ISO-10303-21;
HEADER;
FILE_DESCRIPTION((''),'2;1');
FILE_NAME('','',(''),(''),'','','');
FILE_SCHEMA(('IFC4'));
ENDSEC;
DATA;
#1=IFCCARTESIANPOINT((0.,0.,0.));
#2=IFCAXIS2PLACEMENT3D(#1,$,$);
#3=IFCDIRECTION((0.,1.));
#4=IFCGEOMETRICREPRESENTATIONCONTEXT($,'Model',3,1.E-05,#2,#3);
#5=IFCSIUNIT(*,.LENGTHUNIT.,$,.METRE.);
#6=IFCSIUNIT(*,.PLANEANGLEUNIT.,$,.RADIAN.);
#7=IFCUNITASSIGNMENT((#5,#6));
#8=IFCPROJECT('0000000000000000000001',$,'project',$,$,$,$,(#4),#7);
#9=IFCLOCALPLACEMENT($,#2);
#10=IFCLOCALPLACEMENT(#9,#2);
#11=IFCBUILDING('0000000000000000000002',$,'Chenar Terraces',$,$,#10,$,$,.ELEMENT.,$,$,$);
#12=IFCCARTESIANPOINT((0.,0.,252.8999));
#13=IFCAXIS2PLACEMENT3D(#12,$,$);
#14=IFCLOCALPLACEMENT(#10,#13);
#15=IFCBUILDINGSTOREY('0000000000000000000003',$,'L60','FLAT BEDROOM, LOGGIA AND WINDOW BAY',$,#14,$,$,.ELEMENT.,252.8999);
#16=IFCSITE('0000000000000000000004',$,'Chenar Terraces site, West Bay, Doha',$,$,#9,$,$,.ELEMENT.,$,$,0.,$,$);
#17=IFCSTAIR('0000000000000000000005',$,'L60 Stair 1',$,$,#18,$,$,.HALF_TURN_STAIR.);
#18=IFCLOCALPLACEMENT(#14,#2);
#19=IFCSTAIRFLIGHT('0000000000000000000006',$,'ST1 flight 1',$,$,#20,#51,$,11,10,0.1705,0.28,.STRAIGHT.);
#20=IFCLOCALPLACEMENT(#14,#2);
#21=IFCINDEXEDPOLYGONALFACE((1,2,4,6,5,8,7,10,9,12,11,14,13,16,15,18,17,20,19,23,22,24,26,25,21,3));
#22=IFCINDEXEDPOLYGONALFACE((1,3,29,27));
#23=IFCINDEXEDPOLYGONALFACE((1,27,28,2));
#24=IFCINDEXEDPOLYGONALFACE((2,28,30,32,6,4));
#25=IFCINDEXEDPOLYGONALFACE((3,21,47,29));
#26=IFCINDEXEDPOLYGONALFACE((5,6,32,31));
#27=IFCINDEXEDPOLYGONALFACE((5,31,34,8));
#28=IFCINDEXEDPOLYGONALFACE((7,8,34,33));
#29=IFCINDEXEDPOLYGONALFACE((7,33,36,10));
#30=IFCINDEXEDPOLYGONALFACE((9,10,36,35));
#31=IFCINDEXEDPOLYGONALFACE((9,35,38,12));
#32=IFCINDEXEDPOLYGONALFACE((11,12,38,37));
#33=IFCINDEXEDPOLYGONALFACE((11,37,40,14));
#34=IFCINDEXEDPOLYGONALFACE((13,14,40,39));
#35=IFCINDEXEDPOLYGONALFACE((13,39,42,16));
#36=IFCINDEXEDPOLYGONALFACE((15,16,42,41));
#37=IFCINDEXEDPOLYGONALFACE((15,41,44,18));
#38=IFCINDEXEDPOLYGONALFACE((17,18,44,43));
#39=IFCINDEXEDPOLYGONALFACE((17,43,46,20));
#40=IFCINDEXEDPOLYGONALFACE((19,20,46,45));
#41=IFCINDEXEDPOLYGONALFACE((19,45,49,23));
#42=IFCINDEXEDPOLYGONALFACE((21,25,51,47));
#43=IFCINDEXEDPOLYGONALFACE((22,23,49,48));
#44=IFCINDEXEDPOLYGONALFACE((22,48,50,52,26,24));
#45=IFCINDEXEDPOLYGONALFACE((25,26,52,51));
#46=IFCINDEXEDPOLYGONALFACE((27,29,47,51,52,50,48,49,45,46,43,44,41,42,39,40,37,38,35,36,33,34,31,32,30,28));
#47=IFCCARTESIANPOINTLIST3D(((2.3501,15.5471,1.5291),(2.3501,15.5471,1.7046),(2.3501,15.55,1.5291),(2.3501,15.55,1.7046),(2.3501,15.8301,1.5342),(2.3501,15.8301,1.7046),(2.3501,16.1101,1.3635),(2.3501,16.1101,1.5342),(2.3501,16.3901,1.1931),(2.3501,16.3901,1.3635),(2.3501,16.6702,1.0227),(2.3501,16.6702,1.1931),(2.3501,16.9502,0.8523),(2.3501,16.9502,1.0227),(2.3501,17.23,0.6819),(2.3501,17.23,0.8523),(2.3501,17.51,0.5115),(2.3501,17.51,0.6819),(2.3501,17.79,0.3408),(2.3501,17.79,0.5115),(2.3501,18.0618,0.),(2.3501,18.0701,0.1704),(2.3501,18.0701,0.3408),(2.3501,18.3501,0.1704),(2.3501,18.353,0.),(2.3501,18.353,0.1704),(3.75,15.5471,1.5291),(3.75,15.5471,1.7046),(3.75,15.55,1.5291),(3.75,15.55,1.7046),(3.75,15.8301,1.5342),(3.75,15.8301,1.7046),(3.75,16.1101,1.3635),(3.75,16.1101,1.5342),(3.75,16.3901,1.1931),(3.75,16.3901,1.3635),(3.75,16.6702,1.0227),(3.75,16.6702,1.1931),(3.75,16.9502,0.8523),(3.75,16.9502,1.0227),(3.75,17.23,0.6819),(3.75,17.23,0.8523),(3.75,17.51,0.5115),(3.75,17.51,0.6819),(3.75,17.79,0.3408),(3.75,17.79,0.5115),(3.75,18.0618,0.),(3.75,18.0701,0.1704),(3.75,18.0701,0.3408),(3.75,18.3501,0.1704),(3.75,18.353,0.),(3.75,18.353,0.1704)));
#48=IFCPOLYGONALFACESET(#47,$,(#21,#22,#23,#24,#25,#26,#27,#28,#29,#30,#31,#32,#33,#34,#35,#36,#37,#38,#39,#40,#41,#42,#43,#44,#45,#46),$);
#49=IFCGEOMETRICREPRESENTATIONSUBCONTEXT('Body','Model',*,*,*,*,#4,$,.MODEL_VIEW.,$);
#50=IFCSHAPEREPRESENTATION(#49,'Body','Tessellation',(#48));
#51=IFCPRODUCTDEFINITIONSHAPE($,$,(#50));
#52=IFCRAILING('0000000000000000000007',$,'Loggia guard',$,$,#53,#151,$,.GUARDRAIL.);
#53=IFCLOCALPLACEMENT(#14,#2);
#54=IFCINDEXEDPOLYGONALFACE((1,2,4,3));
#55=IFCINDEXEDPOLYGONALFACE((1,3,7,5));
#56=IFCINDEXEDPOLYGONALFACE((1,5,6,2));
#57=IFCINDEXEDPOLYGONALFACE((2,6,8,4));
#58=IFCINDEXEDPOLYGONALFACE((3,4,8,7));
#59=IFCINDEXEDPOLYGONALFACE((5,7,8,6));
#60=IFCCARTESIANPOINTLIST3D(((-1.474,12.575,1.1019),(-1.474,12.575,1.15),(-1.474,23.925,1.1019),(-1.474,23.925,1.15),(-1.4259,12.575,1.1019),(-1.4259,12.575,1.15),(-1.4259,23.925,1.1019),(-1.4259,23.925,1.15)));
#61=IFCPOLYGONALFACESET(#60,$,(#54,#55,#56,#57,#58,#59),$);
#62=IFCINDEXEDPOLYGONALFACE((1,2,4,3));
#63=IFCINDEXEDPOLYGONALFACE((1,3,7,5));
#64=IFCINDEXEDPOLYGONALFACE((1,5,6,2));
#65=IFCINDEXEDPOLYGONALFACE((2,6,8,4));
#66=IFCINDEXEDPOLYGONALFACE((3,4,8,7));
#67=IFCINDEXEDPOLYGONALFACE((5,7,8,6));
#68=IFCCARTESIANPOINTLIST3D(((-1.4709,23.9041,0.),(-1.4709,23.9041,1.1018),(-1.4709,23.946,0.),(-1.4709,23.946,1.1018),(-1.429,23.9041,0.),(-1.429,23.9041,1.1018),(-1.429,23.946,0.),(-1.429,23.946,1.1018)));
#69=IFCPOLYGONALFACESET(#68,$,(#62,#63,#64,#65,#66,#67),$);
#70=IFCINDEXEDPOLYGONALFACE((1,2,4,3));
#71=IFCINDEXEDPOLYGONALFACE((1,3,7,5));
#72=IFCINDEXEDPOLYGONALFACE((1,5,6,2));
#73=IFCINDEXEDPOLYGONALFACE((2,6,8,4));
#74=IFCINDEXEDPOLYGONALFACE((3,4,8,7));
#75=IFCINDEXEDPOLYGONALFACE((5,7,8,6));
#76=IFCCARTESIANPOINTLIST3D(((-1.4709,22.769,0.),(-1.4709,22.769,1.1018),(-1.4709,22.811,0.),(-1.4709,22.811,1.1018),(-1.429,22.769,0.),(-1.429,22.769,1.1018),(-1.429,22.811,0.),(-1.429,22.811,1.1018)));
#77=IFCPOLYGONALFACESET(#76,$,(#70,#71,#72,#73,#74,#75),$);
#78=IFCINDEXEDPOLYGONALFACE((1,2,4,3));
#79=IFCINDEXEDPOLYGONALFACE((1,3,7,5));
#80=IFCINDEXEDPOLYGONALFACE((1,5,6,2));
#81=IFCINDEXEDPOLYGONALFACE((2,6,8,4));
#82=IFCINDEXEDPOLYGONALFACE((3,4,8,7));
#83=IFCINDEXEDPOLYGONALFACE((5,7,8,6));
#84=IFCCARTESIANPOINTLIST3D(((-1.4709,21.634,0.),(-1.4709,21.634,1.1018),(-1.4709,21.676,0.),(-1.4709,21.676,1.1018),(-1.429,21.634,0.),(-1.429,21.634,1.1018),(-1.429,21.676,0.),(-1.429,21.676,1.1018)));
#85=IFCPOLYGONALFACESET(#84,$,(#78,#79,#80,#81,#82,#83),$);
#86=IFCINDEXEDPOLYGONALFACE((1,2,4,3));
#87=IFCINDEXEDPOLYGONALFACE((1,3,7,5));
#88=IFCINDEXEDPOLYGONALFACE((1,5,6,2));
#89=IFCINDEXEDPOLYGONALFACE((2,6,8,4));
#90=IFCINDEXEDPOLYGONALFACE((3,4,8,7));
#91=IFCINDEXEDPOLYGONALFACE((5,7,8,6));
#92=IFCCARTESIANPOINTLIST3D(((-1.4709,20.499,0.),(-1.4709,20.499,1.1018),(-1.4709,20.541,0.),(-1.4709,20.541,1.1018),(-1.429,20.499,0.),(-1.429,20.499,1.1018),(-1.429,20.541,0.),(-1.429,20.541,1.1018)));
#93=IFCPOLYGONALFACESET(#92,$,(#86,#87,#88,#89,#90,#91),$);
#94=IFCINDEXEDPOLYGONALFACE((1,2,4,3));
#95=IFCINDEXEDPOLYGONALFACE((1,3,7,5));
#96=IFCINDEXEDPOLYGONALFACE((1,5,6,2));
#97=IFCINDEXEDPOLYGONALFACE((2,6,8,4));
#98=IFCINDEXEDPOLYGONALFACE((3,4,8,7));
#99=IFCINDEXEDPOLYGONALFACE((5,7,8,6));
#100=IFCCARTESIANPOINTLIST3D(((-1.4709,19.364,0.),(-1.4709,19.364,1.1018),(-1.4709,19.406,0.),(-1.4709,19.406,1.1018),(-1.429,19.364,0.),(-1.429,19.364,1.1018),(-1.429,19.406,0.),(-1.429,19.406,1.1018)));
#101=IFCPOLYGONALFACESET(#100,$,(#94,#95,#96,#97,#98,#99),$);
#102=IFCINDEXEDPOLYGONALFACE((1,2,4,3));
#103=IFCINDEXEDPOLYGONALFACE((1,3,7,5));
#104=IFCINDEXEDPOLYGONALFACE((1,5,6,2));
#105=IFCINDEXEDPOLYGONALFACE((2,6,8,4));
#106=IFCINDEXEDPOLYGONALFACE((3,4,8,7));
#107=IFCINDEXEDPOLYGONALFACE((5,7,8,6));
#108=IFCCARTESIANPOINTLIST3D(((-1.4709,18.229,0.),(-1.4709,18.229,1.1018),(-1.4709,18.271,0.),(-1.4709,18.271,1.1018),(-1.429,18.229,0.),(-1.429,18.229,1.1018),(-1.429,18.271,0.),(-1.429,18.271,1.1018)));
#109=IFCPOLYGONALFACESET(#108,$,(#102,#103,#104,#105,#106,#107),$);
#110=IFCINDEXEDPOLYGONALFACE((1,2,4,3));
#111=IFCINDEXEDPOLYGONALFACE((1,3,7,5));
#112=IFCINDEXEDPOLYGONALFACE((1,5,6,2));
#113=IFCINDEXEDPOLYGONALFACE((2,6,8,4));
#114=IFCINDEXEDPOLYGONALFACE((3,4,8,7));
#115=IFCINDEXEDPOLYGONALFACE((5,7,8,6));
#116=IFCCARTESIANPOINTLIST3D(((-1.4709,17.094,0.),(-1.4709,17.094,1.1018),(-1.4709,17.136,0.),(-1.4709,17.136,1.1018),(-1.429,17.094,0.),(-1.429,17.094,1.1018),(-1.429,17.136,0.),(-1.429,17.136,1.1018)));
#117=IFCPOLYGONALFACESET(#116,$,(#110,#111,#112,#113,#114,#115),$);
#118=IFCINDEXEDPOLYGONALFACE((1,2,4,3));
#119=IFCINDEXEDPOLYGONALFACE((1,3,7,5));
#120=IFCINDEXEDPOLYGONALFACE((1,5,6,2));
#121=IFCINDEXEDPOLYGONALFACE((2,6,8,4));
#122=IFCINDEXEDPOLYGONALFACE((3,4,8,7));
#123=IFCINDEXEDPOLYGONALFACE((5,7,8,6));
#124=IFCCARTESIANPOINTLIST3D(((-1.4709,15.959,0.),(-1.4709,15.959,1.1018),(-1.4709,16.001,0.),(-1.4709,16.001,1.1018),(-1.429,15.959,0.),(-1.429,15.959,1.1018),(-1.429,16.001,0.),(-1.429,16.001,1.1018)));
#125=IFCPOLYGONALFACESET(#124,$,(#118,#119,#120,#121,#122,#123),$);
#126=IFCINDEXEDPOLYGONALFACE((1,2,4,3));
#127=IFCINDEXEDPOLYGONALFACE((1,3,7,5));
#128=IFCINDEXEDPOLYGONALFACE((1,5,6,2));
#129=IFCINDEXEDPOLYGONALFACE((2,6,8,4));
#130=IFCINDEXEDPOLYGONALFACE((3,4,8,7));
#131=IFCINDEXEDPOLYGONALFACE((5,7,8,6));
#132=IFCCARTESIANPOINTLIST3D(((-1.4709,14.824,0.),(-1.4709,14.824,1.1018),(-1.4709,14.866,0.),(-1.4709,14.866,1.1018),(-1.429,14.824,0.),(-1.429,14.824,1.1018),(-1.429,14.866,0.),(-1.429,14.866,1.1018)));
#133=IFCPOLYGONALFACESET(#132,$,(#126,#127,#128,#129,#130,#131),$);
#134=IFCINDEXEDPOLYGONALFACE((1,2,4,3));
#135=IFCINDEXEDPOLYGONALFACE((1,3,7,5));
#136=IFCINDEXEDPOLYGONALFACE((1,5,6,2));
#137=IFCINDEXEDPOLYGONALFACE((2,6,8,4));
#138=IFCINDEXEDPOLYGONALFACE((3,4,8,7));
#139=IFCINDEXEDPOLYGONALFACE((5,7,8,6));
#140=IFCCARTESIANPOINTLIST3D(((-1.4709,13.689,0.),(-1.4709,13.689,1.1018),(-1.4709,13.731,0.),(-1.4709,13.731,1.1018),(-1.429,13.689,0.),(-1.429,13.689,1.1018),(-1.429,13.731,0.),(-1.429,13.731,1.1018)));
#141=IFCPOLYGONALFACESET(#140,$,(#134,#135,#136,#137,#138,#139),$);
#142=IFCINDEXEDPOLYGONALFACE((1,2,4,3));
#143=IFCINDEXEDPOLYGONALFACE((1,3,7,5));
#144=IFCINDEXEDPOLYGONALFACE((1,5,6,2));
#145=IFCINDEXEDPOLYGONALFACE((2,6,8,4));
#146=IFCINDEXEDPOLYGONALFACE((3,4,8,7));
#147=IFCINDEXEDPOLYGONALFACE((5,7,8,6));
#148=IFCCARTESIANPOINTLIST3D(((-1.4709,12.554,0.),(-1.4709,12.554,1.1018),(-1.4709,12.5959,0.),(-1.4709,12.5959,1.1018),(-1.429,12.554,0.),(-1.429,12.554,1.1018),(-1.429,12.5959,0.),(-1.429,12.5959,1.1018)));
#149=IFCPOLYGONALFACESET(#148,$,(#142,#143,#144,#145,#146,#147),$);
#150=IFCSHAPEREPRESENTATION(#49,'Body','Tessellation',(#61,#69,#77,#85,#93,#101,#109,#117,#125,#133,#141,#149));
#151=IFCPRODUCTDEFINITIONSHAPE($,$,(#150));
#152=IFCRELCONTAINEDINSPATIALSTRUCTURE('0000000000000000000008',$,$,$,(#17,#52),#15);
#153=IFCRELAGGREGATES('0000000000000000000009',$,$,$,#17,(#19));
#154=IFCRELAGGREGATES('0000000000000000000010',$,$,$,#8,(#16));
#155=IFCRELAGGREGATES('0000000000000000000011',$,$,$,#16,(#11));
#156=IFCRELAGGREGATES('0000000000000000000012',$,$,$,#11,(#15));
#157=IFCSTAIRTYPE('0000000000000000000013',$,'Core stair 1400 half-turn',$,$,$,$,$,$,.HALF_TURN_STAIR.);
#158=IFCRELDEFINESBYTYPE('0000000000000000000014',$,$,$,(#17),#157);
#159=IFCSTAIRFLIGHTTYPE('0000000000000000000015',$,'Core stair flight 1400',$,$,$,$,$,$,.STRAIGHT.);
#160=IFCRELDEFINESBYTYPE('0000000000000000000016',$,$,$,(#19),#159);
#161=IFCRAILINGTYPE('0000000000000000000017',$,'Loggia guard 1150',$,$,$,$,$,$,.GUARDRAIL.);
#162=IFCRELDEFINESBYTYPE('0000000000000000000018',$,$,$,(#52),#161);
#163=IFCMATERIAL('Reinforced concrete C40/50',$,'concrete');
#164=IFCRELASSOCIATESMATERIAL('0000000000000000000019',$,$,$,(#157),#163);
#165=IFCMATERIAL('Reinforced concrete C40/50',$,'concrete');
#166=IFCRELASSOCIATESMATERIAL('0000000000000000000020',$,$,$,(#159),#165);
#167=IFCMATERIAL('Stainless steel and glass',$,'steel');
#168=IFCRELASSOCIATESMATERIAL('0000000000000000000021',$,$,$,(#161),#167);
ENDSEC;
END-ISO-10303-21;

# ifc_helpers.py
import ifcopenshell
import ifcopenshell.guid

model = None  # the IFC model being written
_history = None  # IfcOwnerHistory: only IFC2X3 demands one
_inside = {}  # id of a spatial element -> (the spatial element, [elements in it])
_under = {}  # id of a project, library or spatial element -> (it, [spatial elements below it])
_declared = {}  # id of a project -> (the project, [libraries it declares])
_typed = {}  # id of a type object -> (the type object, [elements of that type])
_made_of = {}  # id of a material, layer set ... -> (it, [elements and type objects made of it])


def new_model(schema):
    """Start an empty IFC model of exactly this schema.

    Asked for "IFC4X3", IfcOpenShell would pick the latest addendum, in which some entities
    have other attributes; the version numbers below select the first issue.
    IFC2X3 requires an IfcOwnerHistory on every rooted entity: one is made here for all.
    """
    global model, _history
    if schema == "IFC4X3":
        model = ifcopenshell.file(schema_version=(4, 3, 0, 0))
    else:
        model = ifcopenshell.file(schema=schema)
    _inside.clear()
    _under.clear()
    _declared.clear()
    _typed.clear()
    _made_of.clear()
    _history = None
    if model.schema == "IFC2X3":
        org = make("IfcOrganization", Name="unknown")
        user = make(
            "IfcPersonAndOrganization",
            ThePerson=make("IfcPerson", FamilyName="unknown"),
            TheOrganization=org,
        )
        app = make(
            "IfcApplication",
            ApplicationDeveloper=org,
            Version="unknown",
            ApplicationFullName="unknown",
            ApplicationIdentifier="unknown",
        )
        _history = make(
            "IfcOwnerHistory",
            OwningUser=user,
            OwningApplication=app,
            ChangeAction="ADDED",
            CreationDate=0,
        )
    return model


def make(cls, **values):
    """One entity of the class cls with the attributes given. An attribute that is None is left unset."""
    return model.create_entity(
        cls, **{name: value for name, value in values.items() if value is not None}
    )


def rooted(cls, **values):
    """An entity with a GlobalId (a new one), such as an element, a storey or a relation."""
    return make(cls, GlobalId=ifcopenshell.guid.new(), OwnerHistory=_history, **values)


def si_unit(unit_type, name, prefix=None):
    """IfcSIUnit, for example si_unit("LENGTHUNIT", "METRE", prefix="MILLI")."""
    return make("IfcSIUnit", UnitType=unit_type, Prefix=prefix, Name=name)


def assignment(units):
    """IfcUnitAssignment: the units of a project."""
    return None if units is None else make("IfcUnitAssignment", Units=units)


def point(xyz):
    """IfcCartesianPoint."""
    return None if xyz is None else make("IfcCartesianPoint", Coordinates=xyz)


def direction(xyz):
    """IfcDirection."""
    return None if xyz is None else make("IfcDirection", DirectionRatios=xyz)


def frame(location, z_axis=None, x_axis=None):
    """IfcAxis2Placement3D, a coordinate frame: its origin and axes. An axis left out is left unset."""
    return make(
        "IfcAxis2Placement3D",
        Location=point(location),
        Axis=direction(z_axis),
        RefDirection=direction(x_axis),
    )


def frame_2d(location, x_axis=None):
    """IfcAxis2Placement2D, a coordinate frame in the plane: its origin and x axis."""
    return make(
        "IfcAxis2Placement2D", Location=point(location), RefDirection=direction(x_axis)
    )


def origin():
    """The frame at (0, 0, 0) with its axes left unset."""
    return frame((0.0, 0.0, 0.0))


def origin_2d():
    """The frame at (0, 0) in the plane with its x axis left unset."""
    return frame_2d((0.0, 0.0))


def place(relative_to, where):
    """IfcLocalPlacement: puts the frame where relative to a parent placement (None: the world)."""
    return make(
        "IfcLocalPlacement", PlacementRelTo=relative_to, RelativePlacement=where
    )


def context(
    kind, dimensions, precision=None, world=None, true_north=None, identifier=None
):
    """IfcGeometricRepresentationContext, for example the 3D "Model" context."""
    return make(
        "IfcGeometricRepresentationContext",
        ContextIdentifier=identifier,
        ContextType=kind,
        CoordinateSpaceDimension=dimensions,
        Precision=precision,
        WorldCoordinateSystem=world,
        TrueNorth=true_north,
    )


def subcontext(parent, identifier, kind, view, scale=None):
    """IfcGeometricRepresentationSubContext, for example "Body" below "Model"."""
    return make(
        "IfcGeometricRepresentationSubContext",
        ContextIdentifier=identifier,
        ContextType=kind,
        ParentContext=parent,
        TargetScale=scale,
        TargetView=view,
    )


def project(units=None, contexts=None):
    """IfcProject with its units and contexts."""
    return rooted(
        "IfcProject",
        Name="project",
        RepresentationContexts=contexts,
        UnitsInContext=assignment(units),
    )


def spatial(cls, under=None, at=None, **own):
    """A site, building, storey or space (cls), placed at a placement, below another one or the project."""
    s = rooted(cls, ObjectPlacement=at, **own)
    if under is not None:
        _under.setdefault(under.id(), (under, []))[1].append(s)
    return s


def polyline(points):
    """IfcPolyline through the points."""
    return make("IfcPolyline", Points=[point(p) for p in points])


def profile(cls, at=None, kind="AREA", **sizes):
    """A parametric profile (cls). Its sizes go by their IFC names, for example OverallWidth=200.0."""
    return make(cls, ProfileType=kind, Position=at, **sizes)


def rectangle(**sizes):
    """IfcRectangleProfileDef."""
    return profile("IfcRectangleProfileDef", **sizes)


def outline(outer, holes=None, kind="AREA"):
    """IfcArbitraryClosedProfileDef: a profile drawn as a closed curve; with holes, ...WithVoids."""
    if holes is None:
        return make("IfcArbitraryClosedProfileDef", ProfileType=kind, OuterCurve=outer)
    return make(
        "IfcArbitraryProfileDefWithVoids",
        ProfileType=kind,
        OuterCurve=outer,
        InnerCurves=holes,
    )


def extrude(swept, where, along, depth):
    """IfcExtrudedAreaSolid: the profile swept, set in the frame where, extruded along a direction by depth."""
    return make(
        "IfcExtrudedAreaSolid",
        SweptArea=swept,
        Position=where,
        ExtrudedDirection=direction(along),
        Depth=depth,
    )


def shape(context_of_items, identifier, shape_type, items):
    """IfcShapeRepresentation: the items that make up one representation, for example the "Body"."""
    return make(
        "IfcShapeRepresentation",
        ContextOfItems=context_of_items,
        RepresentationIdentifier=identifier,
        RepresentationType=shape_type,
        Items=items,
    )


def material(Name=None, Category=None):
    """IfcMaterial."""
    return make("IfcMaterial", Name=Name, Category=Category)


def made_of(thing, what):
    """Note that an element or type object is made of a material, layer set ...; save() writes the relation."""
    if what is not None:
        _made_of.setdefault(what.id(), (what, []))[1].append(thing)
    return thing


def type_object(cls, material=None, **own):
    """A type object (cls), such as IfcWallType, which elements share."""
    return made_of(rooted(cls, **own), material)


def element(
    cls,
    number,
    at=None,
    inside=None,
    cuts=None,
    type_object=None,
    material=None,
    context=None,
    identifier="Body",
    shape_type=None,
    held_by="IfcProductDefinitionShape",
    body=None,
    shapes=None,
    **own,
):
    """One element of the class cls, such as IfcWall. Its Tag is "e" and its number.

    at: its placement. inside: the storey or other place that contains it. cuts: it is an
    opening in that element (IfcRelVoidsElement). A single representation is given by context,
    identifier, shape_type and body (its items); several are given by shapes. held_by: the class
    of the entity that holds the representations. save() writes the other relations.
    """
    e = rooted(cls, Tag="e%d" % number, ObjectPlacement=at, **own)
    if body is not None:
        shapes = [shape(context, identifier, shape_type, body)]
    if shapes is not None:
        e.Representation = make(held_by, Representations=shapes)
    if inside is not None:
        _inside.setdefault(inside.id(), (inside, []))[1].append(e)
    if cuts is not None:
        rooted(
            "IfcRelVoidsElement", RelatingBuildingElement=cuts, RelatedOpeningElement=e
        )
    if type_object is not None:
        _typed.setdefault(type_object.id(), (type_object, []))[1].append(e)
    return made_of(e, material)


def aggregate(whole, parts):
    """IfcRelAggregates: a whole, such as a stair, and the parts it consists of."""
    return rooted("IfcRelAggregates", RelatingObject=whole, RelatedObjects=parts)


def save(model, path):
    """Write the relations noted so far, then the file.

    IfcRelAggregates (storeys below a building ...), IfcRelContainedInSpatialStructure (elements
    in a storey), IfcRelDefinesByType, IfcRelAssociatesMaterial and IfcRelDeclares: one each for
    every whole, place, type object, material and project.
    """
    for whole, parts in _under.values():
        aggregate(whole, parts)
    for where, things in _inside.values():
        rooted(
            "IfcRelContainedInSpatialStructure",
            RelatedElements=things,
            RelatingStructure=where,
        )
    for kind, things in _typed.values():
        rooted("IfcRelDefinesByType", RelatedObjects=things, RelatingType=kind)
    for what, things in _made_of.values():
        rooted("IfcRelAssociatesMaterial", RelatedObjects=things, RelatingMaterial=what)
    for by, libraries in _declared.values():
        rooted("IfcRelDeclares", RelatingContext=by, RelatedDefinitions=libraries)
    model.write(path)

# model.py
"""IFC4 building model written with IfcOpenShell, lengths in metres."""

from ifc_helpers import new_model, si_unit, direction, frame, origin, origin_2d, place, context, subcontext, project, spatial, polyline, rectangle, outline, extrude, material, type_object, element, aggregate, save


model = new_model("IFC4")

# Units and contexts
model_context = context("Model", 3, precision=1e-05, world=origin(), true_north=direction((0.0, 1.0)))
body_context = subcontext(model_context, "Body", "Model", "MODEL_VIEW")
ifc_project = project(units=[si_unit("LENGTHUNIT", "METRE"), si_unit("PLANEANGLEUNIT", "RADIAN")], contexts=[model_context])

# Site, building, storey
site_placement = place(None, origin())
site = spatial("IfcSite", under=ifc_project, at=site_placement, Name="Chenar Terraces site, West Bay, Doha", CompositionType="ELEMENT", RefElevation=0.0)
building_placement = place(site_placement, origin())
building = spatial("IfcBuilding", under=site, at=building_placement, Name="Chenar Terraces", CompositionType="ELEMENT")
storey_placement = place(building_placement, frame((0.0, 0.0, 252.8999)))
storey = spatial("IfcBuildingStorey", under=building, at=storey_placement, Name="L60", Description="FLAT BEDROOM, LOGGIA AND WINDOW BAY", CompositionType="ELEMENT", Elevation=252.8999)

# Stair, stair flight
ifc_material_1 = material(Name="Reinforced concrete C40/50", Category="concrete")
stair_type = type_object("IfcStairType", Name="Core stair 1400 half-turn", PredefinedType="HALF_TURN_STAIR", material=ifc_material_1)
stair_placement = place(storey_placement, origin())
stair = element("IfcStair", 1, at=stair_placement, inside=storey, type_object=stair_type, Name="L60 Stair 1", PredefinedType="HALF_TURN_STAIR")
ifc_material_2 = material(Name="Reinforced concrete C40/50", Category="concrete")
stair_flight_type = type_object("IfcStairFlightType", Name="Core stair flight 1400", PredefinedType="STRAIGHT", material=ifc_material_2)
stair_flight_placement = place(storey_placement, frame((3.05, 18.3501, 0.0), z_axis=(0.0, 0.0, 1.0), x_axis=(0.0, -1.0, 0.0)))
stair_flight = element("IfcStairFlight", 2, at=stair_flight_placement, type_object=stair_flight_type, Name="ST1 flight 1", NumberOfRisers=11, NumberOfTreads=10, PredefinedType="STRAIGHT", RiserHeight=0.1705, TreadLength=0.28, context=body_context, shape_type="SweptSolid", body=[
    extrude(outline(polyline([(-0.0029, 0.0), (-0.0029, 0.1704), (0.0, 0.1704), (0.28, 0.1704), (0.28, 0.3408), (0.5601, 0.3408), (0.5601, 0.5115), (0.8401, 0.5115), (0.8401, 0.6819), (1.1201, 0.6819), (1.1201, 0.8523), (1.3999, 0.8523), (1.3999, 1.0227), (1.6799, 1.0227), (1.6799, 1.1931), (1.96, 1.1931), (1.96, 1.3635), (2.24, 1.3635), (2.24, 1.5342), (2.52, 1.5342), (2.52, 1.7046), (2.8, 1.7046), (2.803, 1.7046), (2.803, 1.5291), (2.8, 1.5291), (0.2883, 0.0), (-0.0029, 0.0)])), frame((0.0, 0.7, 0.0), z_axis=(0.0, -1.0, 0.0), x_axis=(1.0, 0.0, 0.0)), (0.0, 0.0, 1.0), 1.3999),
])
aggregate(stair, [stair_flight])

# Railing
ifc_material_3 = material(Name="Stainless steel and glass", Category="steel")
railing_type_1 = type_object("IfcRailingType", Name="Loggia guard 1150", PredefinedType="GUARDRAIL", material=ifc_material_3)
railing_1_placement = place(storey_placement, frame((-1.45, 23.925, 0.0)))
element("IfcRailing", 3, at=railing_1_placement, inside=storey, type_object=railing_type_1, Name="Loggia guard", PredefinedType="GUARDRAIL", context=body_context, shape_type="SweptSolid", body=[
    extrude(rectangle(XDim=0.0481, YDim=0.0481, at=origin_2d()), frame((0.0, 0.0, 1.126), z_axis=(0.0, -1.0, 0.0), x_axis=(1.0, 0.0, 0.0)), (0.0, 0.0, 1.0), 11.3501),
    extrude(rectangle(XDim=0.042, YDim=0.042, at=origin_2d()), origin(), (0.0, 0.0, 1.0), 1.1018),
    extrude(rectangle(XDim=0.042, YDim=0.042, at=origin_2d()), frame((0.0, -1.135, 0.0)), (0.0, 0.0, 1.0), 1.1018),
    extrude(rectangle(XDim=0.042, YDim=0.042, at=origin_2d()), frame((0.0, -2.27, 0.0)), (0.0, 0.0, 1.0), 1.1018),
    extrude(rectangle(XDim=0.042, YDim=0.042, at=origin_2d()), frame((0.0, -3.405, 0.0)), (0.0, 0.0, 1.0), 1.1018),
    extrude(rectangle(XDim=0.042, YDim=0.042, at=origin_2d()), frame((0.0, -4.54, 0.0)), (0.0, 0.0, 1.0), 1.1018),
    extrude(rectangle(XDim=0.042, YDim=0.042, at=origin_2d()), frame((0.0, -5.675, 0.0)), (0.0, 0.0, 1.0), 1.1018),
    extrude(rectangle(XDim=0.042, YDim=0.042, at=origin_2d()), frame((0.0, -6.8101, 0.0)), (0.0, 0.0, 1.0), 1.1018),
    extrude(rectangle(XDim=0.042, YDim=0.042, at=origin_2d()), frame((0.0, -7.9451, 0.0)), (0.0, 0.0, 1.0), 1.1018),
    extrude(rectangle(XDim=0.042, YDim=0.042, at=origin_2d()), frame((0.0, -9.0801, 0.0)), (0.0, 0.0, 1.0), 1.1018),
    extrude(rectangle(XDim=0.042, YDim=0.042, at=origin_2d()), frame((0.0, -10.2151, 0.0)), (0.0, 0.0, 1.0), 1.1018),
    extrude(rectangle(XDim=0.042, YDim=0.042, at=origin_2d()), frame((0.0, -11.3501, 0.0)), (0.0, 0.0, 1.0), 1.1018),
])

save(model, "model.ifc")
